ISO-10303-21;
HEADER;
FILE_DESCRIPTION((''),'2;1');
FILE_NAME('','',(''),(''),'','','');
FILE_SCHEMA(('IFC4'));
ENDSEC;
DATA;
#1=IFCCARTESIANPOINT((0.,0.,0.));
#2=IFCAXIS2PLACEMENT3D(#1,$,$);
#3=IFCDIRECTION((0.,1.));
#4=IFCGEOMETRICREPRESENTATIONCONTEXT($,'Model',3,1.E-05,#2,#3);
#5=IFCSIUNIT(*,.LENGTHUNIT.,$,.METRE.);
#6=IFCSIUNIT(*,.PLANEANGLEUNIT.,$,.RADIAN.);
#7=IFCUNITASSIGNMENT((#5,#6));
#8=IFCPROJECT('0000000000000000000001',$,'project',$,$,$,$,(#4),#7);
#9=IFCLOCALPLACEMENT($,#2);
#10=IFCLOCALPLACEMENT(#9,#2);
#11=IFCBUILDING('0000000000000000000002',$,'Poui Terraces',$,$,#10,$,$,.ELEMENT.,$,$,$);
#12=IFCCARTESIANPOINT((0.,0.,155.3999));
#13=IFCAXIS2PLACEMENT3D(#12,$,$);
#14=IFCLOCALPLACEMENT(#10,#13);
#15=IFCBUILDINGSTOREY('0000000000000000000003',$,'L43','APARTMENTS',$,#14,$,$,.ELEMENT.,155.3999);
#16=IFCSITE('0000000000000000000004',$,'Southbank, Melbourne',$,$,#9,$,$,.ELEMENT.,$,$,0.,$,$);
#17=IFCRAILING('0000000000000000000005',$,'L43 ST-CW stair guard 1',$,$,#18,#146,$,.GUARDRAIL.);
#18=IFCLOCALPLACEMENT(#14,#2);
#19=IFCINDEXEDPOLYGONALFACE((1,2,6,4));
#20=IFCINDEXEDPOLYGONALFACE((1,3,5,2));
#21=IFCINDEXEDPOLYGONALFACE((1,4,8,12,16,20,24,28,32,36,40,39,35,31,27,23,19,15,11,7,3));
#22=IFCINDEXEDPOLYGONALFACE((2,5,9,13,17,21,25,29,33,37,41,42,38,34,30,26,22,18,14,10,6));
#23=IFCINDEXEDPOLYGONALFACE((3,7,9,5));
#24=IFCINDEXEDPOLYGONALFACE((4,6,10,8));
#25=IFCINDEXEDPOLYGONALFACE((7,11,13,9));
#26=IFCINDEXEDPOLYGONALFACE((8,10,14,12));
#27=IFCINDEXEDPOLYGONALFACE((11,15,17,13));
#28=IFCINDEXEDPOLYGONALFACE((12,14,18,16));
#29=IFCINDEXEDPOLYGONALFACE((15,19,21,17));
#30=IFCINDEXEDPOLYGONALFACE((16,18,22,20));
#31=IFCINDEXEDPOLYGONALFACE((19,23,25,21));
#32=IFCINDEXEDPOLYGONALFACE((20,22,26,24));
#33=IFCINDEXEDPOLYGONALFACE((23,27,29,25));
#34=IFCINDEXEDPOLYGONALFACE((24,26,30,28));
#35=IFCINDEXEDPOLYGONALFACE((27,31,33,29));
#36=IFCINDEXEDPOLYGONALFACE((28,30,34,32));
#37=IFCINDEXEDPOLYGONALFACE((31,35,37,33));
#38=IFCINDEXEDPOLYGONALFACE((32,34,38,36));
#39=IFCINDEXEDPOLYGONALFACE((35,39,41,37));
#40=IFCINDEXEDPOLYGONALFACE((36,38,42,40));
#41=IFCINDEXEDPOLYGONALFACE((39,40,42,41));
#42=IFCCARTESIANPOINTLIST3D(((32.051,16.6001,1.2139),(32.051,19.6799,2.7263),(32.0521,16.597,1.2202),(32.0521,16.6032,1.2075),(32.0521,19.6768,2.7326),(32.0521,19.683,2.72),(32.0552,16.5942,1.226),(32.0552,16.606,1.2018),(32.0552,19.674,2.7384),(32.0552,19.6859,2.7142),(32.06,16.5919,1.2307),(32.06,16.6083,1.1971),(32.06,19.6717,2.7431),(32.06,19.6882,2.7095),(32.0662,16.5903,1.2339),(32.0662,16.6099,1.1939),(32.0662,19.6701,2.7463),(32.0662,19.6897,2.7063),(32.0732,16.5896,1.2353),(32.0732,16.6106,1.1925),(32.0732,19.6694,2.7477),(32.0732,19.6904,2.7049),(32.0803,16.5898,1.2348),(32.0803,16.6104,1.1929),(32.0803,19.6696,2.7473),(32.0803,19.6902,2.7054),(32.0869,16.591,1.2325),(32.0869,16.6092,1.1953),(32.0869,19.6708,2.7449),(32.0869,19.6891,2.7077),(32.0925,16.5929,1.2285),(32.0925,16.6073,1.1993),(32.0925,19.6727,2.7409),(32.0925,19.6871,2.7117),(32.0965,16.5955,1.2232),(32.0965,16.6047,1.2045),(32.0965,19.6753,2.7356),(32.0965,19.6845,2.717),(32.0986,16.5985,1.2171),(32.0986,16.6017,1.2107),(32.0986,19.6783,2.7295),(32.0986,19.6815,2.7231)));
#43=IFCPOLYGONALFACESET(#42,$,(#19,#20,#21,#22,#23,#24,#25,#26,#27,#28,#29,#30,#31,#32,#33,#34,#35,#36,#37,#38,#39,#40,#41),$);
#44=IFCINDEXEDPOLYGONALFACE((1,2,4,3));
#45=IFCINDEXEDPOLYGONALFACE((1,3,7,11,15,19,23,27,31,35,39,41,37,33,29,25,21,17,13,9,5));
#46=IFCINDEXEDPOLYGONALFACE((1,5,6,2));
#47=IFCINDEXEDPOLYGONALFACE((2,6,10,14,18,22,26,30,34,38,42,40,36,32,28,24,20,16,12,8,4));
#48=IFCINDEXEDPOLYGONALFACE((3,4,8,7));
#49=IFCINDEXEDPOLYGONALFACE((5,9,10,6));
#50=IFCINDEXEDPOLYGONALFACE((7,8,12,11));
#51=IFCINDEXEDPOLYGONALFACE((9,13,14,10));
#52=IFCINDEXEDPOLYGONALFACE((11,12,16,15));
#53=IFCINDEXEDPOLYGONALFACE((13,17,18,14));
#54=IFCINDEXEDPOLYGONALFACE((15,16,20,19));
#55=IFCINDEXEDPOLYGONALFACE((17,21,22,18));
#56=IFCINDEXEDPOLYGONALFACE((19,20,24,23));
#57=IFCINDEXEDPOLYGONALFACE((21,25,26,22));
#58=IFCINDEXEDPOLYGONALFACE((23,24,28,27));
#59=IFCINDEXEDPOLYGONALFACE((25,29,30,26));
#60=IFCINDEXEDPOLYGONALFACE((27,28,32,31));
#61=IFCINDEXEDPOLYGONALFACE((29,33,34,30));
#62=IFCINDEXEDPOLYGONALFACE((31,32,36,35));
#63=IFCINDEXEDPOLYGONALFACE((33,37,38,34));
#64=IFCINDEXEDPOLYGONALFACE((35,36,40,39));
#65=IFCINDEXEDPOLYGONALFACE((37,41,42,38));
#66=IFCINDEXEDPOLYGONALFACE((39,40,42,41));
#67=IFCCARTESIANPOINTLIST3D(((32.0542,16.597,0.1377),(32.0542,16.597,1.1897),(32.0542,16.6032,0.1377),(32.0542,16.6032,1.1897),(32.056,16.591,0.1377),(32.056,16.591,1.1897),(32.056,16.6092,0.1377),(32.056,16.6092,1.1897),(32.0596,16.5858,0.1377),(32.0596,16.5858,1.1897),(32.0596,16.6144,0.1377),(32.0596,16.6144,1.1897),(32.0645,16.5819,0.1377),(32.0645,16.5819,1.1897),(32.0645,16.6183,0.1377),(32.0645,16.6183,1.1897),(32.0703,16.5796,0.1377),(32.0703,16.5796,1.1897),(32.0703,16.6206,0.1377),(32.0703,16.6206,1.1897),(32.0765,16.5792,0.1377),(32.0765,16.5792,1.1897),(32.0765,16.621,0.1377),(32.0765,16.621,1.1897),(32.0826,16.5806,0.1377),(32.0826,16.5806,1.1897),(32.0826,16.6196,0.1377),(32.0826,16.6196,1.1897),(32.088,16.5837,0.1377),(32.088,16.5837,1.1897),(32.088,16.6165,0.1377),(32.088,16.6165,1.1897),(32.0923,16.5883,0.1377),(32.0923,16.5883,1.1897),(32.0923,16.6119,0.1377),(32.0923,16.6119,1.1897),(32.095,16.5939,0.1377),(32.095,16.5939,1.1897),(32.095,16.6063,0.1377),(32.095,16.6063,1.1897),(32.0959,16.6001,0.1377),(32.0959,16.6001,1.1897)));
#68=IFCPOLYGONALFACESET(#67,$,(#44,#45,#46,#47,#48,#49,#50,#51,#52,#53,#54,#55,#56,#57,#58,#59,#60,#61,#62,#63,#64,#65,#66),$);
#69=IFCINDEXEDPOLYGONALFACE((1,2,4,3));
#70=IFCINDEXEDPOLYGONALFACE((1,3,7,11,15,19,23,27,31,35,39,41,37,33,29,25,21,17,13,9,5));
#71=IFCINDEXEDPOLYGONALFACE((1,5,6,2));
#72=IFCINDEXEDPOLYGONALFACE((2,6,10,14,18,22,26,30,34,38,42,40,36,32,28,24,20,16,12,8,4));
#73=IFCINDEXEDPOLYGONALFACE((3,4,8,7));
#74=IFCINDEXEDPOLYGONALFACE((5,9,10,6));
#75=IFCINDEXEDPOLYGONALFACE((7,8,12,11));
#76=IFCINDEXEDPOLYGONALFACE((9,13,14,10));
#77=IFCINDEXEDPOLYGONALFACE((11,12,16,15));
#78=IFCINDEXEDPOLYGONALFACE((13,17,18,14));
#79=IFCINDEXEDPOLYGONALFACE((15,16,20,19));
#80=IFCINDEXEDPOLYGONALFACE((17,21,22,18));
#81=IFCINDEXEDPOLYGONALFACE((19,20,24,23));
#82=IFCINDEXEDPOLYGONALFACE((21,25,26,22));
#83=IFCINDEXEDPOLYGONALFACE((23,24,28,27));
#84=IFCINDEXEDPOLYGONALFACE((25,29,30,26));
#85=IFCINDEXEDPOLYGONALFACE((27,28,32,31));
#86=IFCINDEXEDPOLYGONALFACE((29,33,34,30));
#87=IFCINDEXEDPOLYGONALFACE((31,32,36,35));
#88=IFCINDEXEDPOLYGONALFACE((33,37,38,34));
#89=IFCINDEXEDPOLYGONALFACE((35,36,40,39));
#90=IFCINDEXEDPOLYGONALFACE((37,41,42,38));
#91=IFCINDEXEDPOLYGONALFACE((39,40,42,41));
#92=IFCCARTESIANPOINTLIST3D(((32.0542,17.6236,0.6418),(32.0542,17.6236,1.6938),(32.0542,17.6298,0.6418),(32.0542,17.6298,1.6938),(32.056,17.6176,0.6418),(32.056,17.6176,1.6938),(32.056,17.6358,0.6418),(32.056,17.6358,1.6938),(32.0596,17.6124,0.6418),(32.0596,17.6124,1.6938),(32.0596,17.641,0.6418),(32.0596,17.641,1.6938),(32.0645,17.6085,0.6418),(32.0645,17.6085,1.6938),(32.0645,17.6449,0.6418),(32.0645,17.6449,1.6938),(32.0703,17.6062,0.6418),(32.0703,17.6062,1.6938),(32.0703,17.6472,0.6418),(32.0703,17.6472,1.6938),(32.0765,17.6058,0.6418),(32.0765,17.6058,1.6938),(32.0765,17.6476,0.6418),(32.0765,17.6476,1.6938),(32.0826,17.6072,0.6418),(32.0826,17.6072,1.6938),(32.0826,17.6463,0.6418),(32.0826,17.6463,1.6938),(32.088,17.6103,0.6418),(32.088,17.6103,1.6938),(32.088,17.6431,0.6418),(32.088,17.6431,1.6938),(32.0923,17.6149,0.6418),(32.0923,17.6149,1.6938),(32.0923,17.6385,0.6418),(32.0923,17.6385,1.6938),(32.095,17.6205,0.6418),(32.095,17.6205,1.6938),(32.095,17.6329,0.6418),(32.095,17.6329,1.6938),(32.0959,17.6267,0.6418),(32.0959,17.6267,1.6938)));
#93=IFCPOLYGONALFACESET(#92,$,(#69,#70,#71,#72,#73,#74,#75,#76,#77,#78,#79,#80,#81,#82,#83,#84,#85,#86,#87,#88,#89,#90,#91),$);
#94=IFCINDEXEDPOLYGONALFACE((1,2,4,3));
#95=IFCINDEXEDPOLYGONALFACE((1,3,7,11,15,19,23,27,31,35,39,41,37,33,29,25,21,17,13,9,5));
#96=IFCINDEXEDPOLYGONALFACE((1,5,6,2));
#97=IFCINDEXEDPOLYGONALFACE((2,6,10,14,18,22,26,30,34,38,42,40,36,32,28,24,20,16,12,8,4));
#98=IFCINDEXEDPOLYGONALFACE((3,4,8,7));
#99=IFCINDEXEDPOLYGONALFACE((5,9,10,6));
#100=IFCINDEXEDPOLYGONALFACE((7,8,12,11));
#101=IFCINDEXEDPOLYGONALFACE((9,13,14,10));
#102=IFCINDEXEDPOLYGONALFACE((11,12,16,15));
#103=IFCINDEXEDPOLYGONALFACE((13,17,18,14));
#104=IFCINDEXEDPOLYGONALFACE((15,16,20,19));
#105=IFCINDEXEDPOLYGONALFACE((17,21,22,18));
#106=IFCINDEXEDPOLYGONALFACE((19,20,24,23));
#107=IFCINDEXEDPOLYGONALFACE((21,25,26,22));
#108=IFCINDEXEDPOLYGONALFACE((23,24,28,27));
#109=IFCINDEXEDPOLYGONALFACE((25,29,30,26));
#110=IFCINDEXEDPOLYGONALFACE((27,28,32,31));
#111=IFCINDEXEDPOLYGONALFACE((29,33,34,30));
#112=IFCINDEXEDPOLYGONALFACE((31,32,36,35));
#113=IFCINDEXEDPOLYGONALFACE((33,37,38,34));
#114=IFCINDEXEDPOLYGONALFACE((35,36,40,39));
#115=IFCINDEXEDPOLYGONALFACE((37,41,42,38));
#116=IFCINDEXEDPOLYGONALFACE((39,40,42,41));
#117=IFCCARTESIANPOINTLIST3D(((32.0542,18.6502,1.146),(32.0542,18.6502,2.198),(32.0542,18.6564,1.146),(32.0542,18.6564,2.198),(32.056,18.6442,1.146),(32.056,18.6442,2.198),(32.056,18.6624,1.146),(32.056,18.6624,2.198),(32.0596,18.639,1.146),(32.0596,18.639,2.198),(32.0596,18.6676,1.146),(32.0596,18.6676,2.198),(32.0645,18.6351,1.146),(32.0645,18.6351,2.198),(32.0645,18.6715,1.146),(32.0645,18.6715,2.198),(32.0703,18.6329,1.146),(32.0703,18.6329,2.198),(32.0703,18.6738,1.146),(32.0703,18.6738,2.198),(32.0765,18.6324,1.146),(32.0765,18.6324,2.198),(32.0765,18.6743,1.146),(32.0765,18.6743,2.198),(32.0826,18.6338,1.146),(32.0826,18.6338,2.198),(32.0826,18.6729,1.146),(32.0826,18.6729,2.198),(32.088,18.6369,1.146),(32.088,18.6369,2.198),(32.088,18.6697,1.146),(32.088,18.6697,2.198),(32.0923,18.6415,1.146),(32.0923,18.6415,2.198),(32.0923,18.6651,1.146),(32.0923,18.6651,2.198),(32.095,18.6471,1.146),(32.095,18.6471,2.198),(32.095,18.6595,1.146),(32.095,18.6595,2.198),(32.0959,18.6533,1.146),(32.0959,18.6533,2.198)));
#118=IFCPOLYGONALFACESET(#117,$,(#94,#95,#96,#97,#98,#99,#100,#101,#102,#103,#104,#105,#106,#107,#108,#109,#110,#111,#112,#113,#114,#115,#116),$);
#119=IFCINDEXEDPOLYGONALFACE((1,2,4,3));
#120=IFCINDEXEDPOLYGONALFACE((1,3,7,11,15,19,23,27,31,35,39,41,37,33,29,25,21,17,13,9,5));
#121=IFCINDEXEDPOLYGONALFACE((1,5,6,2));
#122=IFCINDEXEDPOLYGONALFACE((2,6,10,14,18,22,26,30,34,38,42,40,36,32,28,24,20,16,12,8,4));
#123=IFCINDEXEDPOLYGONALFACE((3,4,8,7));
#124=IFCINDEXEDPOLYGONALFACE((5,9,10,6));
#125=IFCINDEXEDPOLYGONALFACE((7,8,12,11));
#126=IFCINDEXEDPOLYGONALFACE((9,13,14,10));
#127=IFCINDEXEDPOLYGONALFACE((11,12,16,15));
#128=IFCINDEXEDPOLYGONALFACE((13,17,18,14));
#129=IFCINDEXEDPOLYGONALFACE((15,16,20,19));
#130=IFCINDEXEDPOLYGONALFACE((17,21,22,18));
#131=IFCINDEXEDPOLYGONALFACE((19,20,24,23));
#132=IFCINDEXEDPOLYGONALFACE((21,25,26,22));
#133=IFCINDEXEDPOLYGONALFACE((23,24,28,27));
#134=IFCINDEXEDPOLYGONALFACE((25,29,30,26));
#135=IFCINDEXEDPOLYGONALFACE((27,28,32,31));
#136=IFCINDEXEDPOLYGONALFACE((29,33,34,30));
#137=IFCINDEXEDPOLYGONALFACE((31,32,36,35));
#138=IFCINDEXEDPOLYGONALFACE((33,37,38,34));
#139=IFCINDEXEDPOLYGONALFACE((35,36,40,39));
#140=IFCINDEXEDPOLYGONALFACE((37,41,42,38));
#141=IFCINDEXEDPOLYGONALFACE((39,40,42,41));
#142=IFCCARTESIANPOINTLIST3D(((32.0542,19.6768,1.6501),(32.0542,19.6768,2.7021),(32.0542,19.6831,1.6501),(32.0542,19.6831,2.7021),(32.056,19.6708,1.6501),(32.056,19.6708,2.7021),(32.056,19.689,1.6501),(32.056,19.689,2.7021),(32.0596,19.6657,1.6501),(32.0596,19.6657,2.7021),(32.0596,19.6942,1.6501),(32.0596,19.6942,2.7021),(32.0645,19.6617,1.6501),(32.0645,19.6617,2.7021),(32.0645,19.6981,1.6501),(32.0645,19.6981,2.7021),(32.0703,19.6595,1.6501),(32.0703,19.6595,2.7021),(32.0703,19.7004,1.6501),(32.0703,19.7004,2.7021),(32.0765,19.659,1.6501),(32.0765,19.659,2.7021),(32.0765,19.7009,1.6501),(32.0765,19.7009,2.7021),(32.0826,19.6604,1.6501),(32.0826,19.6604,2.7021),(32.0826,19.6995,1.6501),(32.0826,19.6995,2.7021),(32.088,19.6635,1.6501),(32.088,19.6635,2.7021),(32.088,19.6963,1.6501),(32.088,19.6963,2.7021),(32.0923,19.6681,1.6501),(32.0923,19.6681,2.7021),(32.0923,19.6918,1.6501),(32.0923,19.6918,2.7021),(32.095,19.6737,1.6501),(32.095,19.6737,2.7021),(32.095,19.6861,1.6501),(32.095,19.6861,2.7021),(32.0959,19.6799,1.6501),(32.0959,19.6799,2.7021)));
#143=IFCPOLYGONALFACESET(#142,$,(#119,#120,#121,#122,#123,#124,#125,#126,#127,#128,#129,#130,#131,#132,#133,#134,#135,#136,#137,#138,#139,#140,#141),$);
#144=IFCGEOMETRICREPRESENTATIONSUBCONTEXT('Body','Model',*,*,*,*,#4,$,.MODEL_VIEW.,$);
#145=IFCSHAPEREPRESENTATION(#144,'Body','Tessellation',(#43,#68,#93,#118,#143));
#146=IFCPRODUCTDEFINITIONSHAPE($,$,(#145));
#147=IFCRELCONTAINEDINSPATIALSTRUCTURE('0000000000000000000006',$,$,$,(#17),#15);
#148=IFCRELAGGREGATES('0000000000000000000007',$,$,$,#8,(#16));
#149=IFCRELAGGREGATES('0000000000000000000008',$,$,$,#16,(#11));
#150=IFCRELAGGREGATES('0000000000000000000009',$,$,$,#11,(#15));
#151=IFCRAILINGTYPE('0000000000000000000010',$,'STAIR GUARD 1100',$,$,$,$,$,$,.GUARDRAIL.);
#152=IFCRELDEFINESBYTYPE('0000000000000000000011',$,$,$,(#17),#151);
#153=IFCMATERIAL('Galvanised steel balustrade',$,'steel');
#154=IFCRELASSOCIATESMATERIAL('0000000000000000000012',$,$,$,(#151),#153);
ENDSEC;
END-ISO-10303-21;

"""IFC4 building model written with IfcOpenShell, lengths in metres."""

from ifc_helpers import new_model, si_unit, direction, frame, origin, origin_2d, place, context, subcontext, project, spatial, circle, extrude, material, type_object, element, save


model = new_model("IFC4")

# Units and contexts
model_context = context("Model", 3, precision=1e-05, world=origin(), true_north=direction((0.0, 1.0)))
body_context = subcontext(model_context, "Body", "Model", "MODEL_VIEW")
ifc_project = project(units=[si_unit("LENGTHUNIT", "METRE"), si_unit("PLANEANGLEUNIT", "RADIAN")], contexts=[model_context])

# Site, building, storey
site_placement = place(None, origin())
site = spatial("IfcSite", under=ifc_project, at=site_placement, Name="Southbank, Melbourne", CompositionType="ELEMENT", RefElevation=0.0)
building_placement = place(site_placement, origin())
building = spatial("IfcBuilding", under=site, at=building_placement, Name="Poui Terraces", CompositionType="ELEMENT")
storey_placement = place(building_placement, frame((0.0, 0.0, 155.3999)))
storey = spatial("IfcBuildingStorey", under=building, at=storey_placement, Name="L43", Description="APARTMENTS", CompositionType="ELEMENT", Elevation=155.3999)

# Railing
ifc_material_1 = material(Name="Galvanised steel balustrade", Category="steel")
railing_type_1 = type_object("IfcRailingType", Name="STAIR GUARD 1100", PredefinedType="GUARDRAIL", material=ifc_material_1)
railing_1_placement = place(storey_placement, frame((32.075, 16.6001, 0.1377)))
element("IfcRailing", 1, at=railing_1_placement, inside=storey, type_object=railing_type_1, Name="L43 ST-CW stair guard 1", PredefinedType="GUARDRAIL", context=body_context, shape_type="SweptSolid", body=[
    extrude(circle(Radius=0.0239, at=origin_2d()), frame((0.0, 0.0, 1.0762), z_axis=(0.0, 0.897606, 0.440798), x_axis=(-1.0, 0.0, 0.0)), (0.0, 0.0, 1.0), 3.4312),
    extrude(circle(Radius=0.021, at=origin_2d()), origin(), (0.0, 0.0, 1.0), 1.052),
    extrude(circle(Radius=0.021, at=origin_2d()), frame((0.0, 1.0266, 0.5042)), (0.0, 0.0, 1.0), 1.052),
    extrude(circle(Radius=0.021, at=origin_2d()), frame((0.0, 2.0532, 1.0083)), (0.0, 0.0, 1.0), 1.052),
    extrude(circle(Radius=0.021, at=origin_2d()), frame((0.0, 3.0798, 1.5125)), (0.0, 0.0, 1.0), 1.052),
])

save(model, "model.ifc")
